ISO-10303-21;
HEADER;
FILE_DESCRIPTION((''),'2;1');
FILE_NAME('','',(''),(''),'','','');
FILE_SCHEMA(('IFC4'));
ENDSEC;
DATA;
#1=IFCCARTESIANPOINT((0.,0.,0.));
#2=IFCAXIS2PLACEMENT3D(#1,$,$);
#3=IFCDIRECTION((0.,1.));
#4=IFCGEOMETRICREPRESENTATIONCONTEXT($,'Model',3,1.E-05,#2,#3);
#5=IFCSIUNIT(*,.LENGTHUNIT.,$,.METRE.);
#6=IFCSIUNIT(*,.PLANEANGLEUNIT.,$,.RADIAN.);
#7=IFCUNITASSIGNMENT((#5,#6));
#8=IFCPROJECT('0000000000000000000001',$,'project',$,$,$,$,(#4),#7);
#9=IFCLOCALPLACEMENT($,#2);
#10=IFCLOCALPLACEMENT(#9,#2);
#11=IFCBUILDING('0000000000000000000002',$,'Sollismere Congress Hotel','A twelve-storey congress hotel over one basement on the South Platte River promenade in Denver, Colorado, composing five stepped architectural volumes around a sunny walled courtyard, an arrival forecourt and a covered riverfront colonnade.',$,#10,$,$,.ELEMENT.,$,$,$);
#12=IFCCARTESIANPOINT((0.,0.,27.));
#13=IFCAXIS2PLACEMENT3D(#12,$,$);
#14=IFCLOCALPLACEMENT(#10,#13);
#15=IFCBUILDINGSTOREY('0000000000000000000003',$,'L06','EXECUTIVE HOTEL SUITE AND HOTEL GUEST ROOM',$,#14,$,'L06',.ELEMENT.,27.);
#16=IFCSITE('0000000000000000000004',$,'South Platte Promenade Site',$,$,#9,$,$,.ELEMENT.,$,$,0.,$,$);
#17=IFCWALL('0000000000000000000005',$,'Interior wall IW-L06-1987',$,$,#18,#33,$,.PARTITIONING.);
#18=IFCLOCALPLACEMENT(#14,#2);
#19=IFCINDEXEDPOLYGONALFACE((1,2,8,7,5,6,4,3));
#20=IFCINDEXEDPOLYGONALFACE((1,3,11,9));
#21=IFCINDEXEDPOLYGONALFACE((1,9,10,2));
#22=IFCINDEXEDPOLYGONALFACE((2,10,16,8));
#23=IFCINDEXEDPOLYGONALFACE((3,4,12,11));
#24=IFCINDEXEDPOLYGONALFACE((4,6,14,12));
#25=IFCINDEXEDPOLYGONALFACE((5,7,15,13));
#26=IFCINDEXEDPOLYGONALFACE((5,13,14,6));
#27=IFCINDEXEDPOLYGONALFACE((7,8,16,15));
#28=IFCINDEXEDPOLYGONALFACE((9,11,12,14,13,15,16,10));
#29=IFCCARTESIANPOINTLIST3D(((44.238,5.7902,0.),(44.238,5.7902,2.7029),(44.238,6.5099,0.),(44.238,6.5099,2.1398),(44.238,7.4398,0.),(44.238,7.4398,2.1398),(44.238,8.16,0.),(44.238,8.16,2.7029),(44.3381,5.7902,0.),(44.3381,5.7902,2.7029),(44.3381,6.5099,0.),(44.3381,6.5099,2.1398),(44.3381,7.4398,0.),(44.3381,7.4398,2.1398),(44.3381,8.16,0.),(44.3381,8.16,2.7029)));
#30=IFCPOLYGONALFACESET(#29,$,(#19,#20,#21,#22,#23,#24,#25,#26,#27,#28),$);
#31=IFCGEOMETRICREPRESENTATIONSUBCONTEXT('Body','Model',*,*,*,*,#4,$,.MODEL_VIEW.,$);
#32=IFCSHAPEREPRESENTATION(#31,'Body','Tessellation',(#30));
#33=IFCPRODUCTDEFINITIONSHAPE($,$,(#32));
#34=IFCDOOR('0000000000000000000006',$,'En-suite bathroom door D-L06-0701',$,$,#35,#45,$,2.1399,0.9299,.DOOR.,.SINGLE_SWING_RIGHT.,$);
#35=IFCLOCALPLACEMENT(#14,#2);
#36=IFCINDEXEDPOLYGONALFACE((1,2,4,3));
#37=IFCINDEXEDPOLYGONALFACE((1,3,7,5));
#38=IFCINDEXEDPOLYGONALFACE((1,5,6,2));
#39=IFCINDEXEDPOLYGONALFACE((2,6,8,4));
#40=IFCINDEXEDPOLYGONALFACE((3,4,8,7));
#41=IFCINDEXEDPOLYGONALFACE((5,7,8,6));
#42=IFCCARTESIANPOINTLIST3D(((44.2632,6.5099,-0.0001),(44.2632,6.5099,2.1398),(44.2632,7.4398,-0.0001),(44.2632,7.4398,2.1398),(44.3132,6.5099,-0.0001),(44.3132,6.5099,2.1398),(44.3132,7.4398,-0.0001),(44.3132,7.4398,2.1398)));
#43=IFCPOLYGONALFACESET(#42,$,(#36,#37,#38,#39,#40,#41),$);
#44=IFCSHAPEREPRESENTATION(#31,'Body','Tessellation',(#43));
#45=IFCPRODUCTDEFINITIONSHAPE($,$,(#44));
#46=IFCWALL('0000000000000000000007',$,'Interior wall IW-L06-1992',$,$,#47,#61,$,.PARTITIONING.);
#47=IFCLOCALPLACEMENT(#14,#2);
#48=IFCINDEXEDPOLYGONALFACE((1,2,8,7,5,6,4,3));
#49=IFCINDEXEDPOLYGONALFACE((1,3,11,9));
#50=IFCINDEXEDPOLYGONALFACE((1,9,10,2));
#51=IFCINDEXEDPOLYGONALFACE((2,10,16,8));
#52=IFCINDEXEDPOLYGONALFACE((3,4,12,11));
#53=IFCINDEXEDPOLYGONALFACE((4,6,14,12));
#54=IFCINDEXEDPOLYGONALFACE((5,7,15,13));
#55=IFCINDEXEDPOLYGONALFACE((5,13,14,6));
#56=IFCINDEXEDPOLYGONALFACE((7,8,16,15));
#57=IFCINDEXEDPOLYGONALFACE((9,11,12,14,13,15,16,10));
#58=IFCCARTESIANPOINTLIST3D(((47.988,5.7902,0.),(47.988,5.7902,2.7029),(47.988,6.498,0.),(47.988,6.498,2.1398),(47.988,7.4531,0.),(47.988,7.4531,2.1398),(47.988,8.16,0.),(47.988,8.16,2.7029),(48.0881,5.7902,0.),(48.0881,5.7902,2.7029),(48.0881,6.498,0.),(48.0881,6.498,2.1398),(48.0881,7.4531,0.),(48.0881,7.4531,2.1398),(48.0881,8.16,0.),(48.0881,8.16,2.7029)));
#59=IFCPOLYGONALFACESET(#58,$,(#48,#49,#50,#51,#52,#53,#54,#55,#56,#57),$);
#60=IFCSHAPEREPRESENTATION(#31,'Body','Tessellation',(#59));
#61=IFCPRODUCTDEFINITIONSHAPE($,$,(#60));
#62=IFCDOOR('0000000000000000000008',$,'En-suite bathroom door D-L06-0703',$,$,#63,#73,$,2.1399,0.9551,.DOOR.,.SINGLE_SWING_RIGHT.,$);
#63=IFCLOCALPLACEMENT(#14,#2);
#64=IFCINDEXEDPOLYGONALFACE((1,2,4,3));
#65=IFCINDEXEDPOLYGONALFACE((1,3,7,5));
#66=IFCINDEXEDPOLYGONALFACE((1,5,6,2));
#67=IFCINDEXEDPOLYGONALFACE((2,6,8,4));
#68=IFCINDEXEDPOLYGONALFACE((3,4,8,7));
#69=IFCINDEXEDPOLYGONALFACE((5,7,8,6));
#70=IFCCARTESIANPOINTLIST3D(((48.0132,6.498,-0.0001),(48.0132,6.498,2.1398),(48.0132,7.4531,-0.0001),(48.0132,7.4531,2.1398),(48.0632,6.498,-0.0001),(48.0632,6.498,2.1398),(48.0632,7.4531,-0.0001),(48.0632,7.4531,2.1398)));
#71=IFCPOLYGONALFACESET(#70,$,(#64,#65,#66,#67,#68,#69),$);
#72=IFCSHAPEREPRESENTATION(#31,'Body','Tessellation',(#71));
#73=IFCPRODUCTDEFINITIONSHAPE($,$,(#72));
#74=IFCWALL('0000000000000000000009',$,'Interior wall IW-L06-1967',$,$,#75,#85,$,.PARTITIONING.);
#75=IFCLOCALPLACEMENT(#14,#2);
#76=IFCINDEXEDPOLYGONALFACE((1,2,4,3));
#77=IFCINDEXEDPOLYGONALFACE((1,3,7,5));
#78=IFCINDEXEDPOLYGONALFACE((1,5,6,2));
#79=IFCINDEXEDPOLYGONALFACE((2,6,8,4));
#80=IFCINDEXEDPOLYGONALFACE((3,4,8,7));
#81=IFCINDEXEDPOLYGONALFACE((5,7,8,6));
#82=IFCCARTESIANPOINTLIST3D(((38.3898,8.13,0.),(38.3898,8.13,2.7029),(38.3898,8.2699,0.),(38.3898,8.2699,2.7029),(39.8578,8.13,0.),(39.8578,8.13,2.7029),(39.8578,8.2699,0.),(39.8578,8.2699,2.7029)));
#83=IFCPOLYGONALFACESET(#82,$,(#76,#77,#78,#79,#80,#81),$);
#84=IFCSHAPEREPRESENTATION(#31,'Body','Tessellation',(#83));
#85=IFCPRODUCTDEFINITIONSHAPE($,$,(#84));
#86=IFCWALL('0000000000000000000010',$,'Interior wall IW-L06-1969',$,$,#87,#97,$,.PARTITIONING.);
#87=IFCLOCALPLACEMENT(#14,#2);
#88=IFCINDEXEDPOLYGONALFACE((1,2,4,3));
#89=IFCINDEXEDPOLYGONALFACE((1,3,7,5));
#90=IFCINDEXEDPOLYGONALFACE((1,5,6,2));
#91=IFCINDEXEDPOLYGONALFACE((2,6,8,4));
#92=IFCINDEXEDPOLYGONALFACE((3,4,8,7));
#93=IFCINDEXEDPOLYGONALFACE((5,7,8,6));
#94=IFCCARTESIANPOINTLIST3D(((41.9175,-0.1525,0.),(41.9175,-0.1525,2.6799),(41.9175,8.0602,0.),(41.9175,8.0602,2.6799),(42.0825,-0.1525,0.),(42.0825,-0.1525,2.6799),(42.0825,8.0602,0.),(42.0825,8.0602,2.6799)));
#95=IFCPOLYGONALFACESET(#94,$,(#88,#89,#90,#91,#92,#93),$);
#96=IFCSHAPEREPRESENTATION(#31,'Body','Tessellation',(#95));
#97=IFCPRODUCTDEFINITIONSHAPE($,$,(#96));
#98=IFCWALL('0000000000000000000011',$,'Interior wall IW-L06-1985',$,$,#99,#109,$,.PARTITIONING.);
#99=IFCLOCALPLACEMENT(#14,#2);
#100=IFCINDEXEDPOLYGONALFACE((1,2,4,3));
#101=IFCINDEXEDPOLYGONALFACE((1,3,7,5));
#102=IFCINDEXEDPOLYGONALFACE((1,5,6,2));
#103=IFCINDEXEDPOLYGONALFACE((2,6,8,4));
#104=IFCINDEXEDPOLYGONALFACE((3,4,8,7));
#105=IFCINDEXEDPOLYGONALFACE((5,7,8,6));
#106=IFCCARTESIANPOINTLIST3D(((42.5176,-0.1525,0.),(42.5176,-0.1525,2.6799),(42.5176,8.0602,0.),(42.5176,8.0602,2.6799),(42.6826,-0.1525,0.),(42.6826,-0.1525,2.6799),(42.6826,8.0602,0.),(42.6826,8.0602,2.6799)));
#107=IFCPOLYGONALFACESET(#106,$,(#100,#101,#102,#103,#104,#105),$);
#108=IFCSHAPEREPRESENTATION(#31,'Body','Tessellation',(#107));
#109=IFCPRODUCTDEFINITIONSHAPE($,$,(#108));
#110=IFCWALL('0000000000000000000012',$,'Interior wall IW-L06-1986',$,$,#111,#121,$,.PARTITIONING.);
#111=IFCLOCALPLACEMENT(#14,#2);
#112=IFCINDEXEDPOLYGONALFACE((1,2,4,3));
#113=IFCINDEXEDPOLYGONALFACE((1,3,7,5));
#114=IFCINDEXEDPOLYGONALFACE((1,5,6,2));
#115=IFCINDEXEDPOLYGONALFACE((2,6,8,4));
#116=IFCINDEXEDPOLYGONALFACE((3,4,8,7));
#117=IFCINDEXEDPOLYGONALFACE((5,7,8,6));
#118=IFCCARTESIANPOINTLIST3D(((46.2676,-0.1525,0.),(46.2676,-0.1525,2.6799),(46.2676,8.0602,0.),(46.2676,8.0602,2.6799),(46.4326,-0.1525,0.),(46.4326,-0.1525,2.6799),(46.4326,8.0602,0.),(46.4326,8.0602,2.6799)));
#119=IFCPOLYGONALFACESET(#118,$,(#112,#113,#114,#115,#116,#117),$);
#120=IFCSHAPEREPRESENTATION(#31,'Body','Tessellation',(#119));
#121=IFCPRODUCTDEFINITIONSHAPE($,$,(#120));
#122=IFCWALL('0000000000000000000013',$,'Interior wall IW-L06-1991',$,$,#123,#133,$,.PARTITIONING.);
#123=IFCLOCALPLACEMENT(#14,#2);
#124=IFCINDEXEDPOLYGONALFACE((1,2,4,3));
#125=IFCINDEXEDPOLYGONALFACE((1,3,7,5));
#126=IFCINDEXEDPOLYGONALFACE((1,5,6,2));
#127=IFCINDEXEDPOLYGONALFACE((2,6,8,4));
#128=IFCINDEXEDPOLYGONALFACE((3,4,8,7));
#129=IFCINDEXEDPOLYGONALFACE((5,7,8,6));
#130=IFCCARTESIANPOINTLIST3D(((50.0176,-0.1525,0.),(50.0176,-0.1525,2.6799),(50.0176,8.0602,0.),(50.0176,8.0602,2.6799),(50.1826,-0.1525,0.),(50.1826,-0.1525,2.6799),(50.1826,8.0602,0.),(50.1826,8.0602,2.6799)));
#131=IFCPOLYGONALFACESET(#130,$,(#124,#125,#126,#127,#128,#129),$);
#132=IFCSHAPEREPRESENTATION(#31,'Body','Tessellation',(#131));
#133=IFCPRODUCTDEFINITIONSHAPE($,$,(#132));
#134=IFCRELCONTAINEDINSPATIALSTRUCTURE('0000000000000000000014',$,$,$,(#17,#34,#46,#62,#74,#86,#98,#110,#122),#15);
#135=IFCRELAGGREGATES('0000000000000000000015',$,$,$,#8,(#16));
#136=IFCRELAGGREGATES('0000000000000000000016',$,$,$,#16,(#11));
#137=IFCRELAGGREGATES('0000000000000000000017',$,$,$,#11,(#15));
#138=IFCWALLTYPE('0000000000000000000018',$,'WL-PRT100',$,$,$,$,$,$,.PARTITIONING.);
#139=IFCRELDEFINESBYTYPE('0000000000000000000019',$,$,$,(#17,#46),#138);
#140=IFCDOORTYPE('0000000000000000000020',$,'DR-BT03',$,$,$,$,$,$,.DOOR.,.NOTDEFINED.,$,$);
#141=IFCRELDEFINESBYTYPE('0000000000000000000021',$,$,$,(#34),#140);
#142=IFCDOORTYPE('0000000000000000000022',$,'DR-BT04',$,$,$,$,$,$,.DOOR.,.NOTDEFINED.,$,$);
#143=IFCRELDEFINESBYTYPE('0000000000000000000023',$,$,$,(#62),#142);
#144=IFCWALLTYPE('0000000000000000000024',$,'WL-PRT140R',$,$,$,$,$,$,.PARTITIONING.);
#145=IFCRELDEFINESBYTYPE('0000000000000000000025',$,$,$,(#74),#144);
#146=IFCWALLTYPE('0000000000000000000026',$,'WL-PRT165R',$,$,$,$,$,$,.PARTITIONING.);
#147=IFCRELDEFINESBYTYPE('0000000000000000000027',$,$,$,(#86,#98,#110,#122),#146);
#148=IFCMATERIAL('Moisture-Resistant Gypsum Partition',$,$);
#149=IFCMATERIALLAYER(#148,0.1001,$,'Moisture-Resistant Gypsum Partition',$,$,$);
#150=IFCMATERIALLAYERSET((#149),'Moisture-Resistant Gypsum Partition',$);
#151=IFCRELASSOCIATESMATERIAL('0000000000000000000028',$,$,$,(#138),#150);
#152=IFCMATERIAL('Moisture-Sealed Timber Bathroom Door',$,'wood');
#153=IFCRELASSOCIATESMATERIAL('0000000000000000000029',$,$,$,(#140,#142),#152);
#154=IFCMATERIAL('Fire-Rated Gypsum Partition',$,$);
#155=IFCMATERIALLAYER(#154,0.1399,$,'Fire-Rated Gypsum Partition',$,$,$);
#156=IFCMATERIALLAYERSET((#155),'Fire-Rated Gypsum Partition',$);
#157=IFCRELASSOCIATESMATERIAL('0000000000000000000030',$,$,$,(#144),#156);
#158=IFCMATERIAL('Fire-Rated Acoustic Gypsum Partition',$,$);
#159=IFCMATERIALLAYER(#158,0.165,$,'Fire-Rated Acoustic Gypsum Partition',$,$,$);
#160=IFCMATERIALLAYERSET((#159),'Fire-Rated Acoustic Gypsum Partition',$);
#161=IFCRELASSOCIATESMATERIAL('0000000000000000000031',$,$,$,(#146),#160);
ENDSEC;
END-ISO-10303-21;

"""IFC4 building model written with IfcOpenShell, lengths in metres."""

from ifc_helpers import new_model, si_unit, direction, frame, frame_2d, origin, place, context, subcontext, project, spatial, rectangle, extrude, material, layer, layer_set, type_object, element, fill, save


model = new_model("IFC4")

# Units and contexts
model_context = context("Model", 3, precision=1e-05, world=origin(), true_north=direction((0.0, 1.0)))
body_context = subcontext(model_context, "Body", "Model", "MODEL_VIEW")
ifc_project = project(units=[si_unit("LENGTHUNIT", "METRE"), si_unit("PLANEANGLEUNIT", "RADIAN")], contexts=[model_context])

# Site, building, storey
site_placement = place(None, origin())
site = spatial("IfcSite", under=ifc_project, at=site_placement, Name="South Platte Promenade Site", CompositionType="ELEMENT", RefElevation=0.0)
building_placement = place(site_placement, origin())
building = spatial("IfcBuilding", under=site, at=building_placement, Name="Sollismere Congress Hotel", Description="A twelve-storey congress hotel over one basement on the South Platte River promenade in Denver, Colorado, composing five stepped architectural volumes around a sunny walled courtyard, an arrival forecourt and a covered riverfront colonnade.", CompositionType="ELEMENT")
storey_placement = place(building_placement, frame((0.0, 0.0, 27.0)))
storey = spatial("IfcBuildingStorey", under=building, at=storey_placement, Name="L06", Description="EXECUTIVE HOTEL SUITE AND HOTEL GUEST ROOM", LongName="L06", CompositionType="ELEMENT", Elevation=27.0)

# Walls, openings, doors
ifc_material_1 = material(Name="Moisture-Resistant Gypsum Partition")
ifc_layer_1 = layer(ifc_material_1, 0.1001, Name="Moisture-Resistant Gypsum Partition")
ifc_layer_set_1 = layer_set([ifc_layer_1], Name="Moisture-Resistant Gypsum Partition")
wall_type_1 = type_object("IfcWallType", Name="WL-PRT100", PredefinedType="PARTITIONING", material=ifc_layer_set_1)
ifc_material_2 = material(Name="Moisture-Sealed Timber Bathroom Door", Category="wood")
wall_1_placement = place(storey_placement, frame((44.2881, 5.79, 0.0), z_axis=(0.0, 0.0, 1.0), x_axis=(0.0, 1.0, 0.0)))
wall_1 = element("IfcWall", 1, at=wall_1_placement, inside=storey, type_object=wall_type_1, Name="Interior wall IW-L06-1987", PredefinedType="PARTITIONING", context=body_context, shape_type="SweptSolid", body=[
    extrude(rectangle(XDim=2.3699, YDim=0.1001, at=frame_2d((1.1851, 0.0))), origin(), (0.0, 0.0, 1.0), 2.7029),
])
opening_1_placement = place(wall_1_placement, frame((0.72, 0.0, 0.0)))
opening_1 = element("IfcOpeningElement", 2, at=opening_1_placement, cuts=wall_1, PredefinedType="OPENING", context=body_context, shape_type="SweptSolid", body=[
    extrude(rectangle(XDim=0.9299, YDim=2.1399, at=frame_2d((0.4648, 1.0698))), frame((0.0, 0.0601, 0.0), z_axis=(0.0, -1.0, 0.0), x_axis=(1.0, 0.0, 0.0)), (0.0, 0.0, 1.0), 0.1201),
])
door_type_1 = type_object("IfcDoorType", Name="DR-BT03", OperationType="NOTDEFINED", PredefinedType="DOOR", material=ifc_material_2)
door_1_placement = place(opening_1_placement, origin())
door_1 = element("IfcDoor", 3, at=door_1_placement, inside=storey, type_object=door_type_1, Name="En-suite bathroom door D-L06-0701", OperationType="SINGLE_SWING_RIGHT", OverallHeight=2.1399, OverallWidth=0.9299, PredefinedType="DOOR", context=body_context, shape_type="SweptSolid", body=[
    extrude(rectangle(XDim=0.9299, YDim=2.1399, at=frame_2d((0.4648, 1.0698))), frame((0.0, 0.0249, 0.0), z_axis=(0.0, -1.0, 0.0), x_axis=(1.0, 0.0, 0.0)), (0.0, 0.0, 1.0), 0.05),
])
fill(opening_1, door_1)
wall_2_placement = place(storey_placement, frame((48.0381, 5.79, 0.0), z_axis=(0.0, 0.0, 1.0), x_axis=(0.0, 1.0, 0.0)))
wall_2 = element("IfcWall", 4, at=wall_2_placement, inside=storey, type_object=wall_type_1, Name="Interior wall IW-L06-1992", PredefinedType="PARTITIONING", context=body_context, shape_type="SweptSolid", body=[
    extrude(rectangle(XDim=2.3699, YDim=0.1001, at=frame_2d((1.1851, 0.0))), origin(), (0.0, 0.0, 1.0), 2.7029),
])
opening_2_placement = place(wall_2_placement, frame((0.708, 0.0, 0.0)))
opening_2 = element("IfcOpeningElement", 5, at=opening_2_placement, cuts=wall_2, PredefinedType="OPENING", context=body_context, shape_type="SweptSolid", body=[
    extrude(rectangle(XDim=0.9551, YDim=2.1399, at=frame_2d((0.4775, 1.0698))), frame((0.0, 0.0601, 0.0), z_axis=(0.0, -1.0, 0.0), x_axis=(1.0, 0.0, 0.0)), (0.0, 0.0, 1.0), 0.1201),
])
door_type_2 = type_object("IfcDoorType", Name="DR-BT04", OperationType="NOTDEFINED", PredefinedType="DOOR", material=ifc_material_2)
door_2_placement = place(opening_2_placement, origin())
door_2 = element("IfcDoor", 6, at=door_2_placement, inside=storey, type_object=door_type_2, Name="En-suite bathroom door D-L06-0703", OperationType="SINGLE_SWING_RIGHT", OverallHeight=2.1399, OverallWidth=0.9551, PredefinedType="DOOR", context=body_context, shape_type="SweptSolid", body=[
    extrude(rectangle(XDim=0.9551, YDim=2.1399, at=frame_2d((0.4775, 1.0698))), frame((0.0, 0.0249, 0.0), z_axis=(0.0, -1.0, 0.0), x_axis=(1.0, 0.0, 0.0)), (0.0, 0.0, 1.0), 0.05),
])
fill(opening_2, door_2)

# Walls
ifc_material_3 = material(Name="Fire-Rated Gypsum Partition")
ifc_layer_2 = layer(ifc_material_3, 0.1399, Name="Fire-Rated Gypsum Partition")
ifc_layer_set_2 = layer_set([ifc_layer_2], Name="Fire-Rated Gypsum Partition")
wall_type_2 = type_object("IfcWallType", Name="WL-PRT140R", PredefinedType="PARTITIONING", material=ifc_layer_set_2)
wall_3_placement = place(storey_placement, frame((38.3899, 8.2, 0.0), z_axis=(0.0, 0.0, 1.0), x_axis=(1.0, 0.0, 0.0)))
element("IfcWall", 7, at=wall_3_placement, inside=storey, type_object=wall_type_2, Name="Interior wall IW-L06-1967", PredefinedType="PARTITIONING", context=body_context, shape_type="SweptSolid", body=[
    extrude(rectangle(XDim=1.468, YDim=0.1399, at=frame_2d((0.7339, 0.0))), origin(), (0.0, 0.0, 1.0), 2.7029),
])
ifc_material_4 = material(Name="Fire-Rated Acoustic Gypsum Partition")
ifc_layer_3 = layer(ifc_material_4, 0.165, Name="Fire-Rated Acoustic Gypsum Partition")
ifc_layer_set_3 = layer_set([ifc_layer_3], Name="Fire-Rated Acoustic Gypsum Partition")
wall_type_3 = type_object("IfcWallType", Name="WL-PRT165R", PredefinedType="PARTITIONING", material=ifc_layer_set_3)
for number, where, z_axis, x_axis, name in (
    (8, (42.0, -0.1526, 0.0), (0.0, 0.0, 1.0), (0.0, 1.0, 0.0), "Interior wall IW-L06-1969"),
    (9, (42.6001, -0.1526, 0.0), (0.0, 0.0, 1.0), (0.0, 1.0, 0.0), "Interior wall IW-L06-1985"),
    (10, (46.3501, -0.1526, 0.0), (0.0, 0.0, 1.0), (0.0, 1.0, 0.0), "Interior wall IW-L06-1986"),
    (11, (50.1001, -0.1526, 0.0), (0.0, 0.0, 1.0), (0.0, 1.0, 0.0), "Interior wall IW-L06-1991"),
):
    element("IfcWall", number, at=place(storey_placement, frame(where, z_axis=z_axis, x_axis=x_axis)), inside=storey, type_object=wall_type_3, Name=name, PredefinedType="PARTITIONING", context=body_context, shape_type="SweptSolid", body=[
        extrude(rectangle(XDim=8.2126, YDim=0.165, at=frame_2d((4.1064, 0.0))), origin(), (0.0, 0.0, 1.0), 2.6799),
    ])

save(model, "model.ifc")
